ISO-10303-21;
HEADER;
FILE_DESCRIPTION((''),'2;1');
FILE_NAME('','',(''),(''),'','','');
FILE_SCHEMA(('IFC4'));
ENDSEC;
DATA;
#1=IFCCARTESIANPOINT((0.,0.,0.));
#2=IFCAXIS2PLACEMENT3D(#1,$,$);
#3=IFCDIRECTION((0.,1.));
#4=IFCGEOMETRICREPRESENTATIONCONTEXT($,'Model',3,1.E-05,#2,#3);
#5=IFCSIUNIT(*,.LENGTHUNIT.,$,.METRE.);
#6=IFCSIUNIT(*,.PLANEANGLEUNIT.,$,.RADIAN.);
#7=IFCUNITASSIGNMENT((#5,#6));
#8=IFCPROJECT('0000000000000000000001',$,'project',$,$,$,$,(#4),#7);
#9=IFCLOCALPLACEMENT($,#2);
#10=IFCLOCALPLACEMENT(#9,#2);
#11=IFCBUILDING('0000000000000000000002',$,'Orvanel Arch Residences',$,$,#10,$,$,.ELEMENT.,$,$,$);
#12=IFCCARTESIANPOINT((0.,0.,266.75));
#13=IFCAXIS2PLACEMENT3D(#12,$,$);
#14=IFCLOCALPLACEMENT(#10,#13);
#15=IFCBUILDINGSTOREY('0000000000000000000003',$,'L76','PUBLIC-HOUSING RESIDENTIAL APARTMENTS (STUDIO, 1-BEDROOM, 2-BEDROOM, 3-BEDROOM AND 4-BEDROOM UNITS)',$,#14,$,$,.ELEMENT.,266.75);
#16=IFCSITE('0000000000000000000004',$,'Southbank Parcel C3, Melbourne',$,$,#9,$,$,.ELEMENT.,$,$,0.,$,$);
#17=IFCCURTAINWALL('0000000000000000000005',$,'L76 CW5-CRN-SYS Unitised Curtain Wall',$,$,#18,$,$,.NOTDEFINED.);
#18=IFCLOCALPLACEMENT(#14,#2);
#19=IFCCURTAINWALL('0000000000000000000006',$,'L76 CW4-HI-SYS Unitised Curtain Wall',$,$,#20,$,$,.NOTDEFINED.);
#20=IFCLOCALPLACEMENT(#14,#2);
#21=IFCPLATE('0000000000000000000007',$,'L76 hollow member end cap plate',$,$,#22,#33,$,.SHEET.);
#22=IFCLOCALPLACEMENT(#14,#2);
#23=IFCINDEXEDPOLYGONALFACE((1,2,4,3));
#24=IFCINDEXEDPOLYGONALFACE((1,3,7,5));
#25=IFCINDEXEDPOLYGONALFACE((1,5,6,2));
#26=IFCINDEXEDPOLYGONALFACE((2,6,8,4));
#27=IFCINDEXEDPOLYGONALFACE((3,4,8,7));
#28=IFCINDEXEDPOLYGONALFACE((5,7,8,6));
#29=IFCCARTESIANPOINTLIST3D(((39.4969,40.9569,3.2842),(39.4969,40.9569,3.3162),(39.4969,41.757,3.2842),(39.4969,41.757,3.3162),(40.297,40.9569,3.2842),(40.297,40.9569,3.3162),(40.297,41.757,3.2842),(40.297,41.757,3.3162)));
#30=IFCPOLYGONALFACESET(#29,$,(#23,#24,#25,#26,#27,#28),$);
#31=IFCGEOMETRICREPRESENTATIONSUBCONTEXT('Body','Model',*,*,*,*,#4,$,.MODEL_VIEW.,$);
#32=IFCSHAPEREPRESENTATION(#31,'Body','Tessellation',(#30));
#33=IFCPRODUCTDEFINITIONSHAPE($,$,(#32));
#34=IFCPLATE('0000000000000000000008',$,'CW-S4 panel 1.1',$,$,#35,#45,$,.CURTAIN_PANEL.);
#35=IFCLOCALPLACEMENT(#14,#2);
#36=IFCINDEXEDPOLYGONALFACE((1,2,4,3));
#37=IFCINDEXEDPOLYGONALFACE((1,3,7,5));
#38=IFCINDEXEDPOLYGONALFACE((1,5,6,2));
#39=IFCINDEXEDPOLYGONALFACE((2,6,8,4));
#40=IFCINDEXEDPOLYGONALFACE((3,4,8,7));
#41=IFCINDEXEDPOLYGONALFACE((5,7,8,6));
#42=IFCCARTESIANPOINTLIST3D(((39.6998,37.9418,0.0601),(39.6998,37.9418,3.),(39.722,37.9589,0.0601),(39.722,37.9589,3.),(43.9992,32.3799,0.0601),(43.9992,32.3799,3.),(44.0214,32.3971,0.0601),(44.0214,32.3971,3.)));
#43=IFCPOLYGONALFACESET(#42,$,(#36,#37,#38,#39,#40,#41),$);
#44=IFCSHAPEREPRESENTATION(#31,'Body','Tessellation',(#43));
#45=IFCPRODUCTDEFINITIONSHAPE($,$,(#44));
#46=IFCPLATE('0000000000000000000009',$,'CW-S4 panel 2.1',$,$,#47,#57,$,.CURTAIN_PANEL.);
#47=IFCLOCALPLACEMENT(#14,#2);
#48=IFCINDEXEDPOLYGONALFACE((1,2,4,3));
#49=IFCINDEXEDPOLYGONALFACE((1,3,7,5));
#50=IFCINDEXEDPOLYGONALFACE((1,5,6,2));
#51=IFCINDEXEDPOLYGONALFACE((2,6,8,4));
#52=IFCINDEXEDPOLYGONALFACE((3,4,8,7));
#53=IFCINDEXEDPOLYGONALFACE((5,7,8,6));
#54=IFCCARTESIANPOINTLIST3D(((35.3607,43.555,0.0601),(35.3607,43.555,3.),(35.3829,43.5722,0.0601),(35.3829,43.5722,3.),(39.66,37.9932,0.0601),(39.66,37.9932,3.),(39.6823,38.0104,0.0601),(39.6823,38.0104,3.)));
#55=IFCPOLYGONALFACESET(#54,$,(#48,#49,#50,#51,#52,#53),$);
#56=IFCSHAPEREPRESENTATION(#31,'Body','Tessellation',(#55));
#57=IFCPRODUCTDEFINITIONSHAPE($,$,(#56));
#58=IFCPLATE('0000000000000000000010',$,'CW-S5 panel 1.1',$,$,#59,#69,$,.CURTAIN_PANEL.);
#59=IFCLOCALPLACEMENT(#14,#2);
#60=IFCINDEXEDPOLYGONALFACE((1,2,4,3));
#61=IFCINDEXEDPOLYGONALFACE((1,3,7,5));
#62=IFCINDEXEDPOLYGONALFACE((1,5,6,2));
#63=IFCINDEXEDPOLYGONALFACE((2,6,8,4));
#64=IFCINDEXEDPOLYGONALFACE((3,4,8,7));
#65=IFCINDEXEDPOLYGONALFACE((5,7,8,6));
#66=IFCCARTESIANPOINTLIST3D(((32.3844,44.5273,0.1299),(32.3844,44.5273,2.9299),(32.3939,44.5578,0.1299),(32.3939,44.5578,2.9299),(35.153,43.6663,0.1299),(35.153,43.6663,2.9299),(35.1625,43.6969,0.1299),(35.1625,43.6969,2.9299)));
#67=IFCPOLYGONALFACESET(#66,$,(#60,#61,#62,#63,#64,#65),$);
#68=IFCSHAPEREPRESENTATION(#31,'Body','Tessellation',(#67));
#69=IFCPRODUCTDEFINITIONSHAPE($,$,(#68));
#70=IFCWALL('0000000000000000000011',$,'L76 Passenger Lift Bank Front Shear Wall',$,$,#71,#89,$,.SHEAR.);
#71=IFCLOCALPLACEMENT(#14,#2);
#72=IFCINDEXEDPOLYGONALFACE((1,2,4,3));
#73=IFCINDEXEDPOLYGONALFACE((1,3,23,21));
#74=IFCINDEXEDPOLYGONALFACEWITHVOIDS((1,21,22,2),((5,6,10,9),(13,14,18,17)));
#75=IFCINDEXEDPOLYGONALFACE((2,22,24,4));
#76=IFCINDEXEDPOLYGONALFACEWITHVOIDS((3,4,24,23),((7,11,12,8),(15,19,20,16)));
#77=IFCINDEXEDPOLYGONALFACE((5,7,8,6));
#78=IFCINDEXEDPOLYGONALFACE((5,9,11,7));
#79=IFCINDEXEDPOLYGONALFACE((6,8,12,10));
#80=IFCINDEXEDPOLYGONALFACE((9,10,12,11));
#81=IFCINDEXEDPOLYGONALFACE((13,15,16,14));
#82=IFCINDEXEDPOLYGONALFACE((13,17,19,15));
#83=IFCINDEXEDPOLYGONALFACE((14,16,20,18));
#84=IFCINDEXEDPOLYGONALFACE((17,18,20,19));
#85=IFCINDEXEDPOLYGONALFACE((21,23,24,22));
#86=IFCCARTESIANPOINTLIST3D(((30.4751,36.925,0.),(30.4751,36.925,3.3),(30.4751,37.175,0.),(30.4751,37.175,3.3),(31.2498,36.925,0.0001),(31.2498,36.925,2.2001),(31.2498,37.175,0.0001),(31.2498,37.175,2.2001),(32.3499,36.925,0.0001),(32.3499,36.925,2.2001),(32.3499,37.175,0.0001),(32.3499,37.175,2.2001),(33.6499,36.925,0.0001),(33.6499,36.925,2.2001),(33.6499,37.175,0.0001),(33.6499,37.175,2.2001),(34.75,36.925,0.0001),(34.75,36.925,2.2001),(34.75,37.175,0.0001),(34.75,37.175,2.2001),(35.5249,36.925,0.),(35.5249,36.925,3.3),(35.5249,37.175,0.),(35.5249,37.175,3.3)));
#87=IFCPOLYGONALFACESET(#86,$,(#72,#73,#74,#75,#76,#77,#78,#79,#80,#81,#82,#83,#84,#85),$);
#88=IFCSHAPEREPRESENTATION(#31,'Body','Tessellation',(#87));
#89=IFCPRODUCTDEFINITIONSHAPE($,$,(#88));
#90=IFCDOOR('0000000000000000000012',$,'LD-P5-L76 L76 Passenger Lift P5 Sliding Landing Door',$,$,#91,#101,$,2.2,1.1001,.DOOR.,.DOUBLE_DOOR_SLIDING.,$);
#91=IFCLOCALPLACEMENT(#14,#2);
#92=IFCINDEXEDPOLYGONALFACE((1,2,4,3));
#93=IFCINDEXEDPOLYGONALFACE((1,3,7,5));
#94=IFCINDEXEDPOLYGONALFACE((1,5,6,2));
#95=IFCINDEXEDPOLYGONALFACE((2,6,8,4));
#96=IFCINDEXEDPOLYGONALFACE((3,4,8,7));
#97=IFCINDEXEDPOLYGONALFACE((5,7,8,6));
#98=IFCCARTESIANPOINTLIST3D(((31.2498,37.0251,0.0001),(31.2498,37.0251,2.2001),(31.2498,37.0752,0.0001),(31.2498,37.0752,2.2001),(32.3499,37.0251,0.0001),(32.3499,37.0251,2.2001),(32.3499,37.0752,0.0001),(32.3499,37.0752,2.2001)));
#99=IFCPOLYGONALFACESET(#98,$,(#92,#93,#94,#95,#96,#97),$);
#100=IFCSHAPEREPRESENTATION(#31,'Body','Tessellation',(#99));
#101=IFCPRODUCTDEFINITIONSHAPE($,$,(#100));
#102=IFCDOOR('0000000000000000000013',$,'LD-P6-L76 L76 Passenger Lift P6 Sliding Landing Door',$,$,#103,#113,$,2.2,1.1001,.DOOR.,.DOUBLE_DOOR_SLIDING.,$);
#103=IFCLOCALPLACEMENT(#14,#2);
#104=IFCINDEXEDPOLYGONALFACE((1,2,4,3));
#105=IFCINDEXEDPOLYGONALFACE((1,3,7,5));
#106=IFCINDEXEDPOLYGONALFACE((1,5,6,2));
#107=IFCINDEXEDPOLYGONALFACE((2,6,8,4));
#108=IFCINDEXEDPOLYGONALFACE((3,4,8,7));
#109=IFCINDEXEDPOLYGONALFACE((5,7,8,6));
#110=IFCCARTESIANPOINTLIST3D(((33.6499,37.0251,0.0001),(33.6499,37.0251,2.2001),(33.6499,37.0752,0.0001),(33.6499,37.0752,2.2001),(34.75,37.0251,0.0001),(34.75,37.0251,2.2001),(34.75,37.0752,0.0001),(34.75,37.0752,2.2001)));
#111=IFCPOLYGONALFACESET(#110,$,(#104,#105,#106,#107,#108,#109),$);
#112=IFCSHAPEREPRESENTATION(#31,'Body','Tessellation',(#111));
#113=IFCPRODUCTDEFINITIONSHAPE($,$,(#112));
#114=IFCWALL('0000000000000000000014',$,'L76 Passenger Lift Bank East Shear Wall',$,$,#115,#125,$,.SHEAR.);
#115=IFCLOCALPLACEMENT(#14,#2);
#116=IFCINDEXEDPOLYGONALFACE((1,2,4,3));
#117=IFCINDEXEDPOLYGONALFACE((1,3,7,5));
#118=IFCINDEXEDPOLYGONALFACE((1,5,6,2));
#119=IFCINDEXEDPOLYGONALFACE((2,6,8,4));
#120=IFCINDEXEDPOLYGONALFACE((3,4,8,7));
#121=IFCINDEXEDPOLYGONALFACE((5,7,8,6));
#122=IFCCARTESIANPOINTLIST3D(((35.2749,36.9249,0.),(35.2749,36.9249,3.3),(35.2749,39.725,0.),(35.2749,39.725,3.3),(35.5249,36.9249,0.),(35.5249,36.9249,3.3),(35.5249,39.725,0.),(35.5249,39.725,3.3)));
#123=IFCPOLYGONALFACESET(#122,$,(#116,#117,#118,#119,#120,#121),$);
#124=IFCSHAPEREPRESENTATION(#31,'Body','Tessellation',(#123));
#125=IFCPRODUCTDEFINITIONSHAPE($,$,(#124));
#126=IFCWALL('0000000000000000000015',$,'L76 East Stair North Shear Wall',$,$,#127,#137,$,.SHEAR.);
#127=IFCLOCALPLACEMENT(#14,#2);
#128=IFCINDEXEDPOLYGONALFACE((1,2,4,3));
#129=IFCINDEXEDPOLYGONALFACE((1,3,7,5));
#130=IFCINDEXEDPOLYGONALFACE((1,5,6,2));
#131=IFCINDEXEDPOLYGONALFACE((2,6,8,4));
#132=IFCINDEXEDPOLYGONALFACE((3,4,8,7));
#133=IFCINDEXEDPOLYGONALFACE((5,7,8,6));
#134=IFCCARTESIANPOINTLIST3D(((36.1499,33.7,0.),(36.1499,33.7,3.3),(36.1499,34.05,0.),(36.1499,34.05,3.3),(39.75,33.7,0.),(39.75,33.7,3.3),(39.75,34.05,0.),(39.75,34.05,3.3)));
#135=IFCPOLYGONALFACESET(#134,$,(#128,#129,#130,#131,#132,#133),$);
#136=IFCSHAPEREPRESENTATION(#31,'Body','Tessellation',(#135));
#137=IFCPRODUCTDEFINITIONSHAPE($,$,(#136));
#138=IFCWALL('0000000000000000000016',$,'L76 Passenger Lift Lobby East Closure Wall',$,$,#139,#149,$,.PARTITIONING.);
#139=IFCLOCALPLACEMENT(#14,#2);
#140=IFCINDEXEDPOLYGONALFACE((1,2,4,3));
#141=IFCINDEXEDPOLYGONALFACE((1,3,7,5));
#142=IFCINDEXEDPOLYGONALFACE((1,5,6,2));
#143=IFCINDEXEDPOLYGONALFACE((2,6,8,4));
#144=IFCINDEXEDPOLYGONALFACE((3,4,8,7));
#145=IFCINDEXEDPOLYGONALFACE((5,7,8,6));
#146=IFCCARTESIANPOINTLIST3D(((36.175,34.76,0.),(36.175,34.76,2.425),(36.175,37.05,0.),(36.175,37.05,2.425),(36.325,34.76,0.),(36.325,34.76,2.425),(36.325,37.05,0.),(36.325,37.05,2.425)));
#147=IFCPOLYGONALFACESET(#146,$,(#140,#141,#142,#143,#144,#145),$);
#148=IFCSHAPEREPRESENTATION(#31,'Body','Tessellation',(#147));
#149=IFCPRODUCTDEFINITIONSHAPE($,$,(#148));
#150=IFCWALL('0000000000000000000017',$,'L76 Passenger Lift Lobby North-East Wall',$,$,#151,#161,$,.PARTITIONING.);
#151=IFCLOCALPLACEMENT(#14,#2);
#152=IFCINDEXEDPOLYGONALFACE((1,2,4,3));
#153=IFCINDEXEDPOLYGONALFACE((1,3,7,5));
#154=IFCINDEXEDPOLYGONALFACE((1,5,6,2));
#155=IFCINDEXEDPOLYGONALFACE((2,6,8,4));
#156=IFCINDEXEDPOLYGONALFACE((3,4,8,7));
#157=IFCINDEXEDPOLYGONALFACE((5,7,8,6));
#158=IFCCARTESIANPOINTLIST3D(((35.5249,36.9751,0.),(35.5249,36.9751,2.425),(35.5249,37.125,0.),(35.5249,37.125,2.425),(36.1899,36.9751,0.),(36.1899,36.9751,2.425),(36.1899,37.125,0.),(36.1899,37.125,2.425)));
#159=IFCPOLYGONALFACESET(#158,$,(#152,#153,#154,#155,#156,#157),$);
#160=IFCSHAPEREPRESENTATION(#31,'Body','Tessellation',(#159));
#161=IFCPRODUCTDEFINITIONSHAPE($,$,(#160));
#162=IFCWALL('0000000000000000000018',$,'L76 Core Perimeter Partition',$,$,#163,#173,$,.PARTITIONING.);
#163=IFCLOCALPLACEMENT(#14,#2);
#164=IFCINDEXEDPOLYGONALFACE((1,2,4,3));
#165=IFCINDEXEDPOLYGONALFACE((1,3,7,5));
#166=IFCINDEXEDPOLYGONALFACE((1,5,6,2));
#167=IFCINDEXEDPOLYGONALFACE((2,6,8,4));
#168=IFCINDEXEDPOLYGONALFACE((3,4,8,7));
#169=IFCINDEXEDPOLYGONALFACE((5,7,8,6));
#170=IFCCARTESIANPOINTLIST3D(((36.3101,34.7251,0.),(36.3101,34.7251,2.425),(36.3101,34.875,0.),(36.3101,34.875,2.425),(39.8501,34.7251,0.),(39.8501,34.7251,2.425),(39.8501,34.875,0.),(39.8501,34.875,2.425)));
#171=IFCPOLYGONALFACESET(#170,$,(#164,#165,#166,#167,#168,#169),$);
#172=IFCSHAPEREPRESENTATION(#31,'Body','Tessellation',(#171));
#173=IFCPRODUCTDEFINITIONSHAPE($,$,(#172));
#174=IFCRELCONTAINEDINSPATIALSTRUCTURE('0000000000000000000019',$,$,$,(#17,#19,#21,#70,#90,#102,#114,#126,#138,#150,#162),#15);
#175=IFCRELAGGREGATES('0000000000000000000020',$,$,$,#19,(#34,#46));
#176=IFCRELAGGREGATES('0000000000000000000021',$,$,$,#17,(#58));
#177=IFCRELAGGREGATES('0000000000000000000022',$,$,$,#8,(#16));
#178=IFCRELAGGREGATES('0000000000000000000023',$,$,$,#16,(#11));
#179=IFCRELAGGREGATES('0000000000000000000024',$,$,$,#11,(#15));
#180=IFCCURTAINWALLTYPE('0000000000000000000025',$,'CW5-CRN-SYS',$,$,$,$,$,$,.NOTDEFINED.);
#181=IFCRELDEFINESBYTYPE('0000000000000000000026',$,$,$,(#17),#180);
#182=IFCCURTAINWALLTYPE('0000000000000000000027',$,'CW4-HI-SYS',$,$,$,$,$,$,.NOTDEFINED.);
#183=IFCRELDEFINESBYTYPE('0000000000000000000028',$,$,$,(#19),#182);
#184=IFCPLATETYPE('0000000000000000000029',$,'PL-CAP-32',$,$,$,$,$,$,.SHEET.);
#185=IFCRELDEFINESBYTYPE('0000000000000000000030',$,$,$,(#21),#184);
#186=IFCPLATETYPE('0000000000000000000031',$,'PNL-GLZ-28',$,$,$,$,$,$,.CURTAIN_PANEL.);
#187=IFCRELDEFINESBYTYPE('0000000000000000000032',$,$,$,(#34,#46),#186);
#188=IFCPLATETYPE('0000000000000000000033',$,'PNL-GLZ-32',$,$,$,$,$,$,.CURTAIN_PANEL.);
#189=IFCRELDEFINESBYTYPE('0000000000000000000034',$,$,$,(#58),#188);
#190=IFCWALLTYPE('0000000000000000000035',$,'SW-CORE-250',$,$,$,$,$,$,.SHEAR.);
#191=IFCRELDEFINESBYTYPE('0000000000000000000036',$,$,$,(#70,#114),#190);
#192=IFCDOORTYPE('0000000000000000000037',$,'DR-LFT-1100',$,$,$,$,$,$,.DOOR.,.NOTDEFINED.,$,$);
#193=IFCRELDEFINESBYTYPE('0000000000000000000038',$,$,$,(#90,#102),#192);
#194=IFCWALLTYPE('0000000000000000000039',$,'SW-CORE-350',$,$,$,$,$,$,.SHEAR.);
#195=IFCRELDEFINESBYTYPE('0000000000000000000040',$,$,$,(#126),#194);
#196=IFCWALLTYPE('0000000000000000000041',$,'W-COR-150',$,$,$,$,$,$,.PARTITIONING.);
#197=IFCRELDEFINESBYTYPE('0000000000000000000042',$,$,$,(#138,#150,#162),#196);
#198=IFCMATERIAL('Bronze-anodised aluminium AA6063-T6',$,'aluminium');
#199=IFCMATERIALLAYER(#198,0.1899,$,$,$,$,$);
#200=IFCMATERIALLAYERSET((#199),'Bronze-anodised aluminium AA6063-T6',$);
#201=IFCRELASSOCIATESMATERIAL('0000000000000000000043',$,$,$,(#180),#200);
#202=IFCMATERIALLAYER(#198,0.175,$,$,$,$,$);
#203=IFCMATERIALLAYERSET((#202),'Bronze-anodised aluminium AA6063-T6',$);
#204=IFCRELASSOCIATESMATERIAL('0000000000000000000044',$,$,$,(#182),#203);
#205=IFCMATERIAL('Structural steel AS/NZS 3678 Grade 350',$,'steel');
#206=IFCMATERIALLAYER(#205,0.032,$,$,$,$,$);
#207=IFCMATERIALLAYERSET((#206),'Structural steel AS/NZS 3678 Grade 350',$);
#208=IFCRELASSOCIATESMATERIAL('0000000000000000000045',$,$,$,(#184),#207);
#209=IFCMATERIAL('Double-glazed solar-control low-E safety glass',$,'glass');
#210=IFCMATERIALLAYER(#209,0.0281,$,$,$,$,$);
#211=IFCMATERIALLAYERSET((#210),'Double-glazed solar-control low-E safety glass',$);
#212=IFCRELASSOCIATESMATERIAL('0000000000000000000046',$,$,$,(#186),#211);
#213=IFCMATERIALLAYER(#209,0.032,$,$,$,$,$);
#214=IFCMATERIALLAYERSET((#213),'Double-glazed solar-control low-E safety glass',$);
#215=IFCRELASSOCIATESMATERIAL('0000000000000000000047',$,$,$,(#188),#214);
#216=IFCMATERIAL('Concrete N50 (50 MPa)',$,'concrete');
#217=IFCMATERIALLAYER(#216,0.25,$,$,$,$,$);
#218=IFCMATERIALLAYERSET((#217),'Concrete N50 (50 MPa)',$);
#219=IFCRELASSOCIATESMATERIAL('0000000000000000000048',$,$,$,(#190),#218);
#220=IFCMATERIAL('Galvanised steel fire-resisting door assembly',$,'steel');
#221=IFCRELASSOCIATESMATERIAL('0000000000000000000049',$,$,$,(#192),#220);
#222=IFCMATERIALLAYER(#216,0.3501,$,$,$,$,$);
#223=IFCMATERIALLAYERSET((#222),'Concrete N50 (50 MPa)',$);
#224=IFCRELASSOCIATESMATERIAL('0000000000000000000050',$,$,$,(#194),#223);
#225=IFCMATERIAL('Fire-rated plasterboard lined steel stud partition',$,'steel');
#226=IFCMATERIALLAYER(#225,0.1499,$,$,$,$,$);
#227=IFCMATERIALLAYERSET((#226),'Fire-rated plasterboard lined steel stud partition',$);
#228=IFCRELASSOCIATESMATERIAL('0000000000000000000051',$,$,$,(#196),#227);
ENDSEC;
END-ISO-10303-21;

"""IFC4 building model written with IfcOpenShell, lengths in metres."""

from ifc_helpers import new_model, si_unit, direction, frame, frame_2d, origin, origin_2d, place, context, subcontext, project, spatial, rectangle, extrude, material, layer, layer_set, type_object, element, fill, aggregate, save


model = new_model("IFC4")

# Units and contexts
model_context = context("Model", 3, precision=1e-05, world=origin(), true_north=direction((0.0, 1.0)))
body_context = subcontext(model_context, "Body", "Model", "MODEL_VIEW")
ifc_project = project(units=[si_unit("LENGTHUNIT", "METRE"), si_unit("PLANEANGLEUNIT", "RADIAN")], contexts=[model_context])

# Site, building, storey
site_placement = place(None, origin())
site = spatial("IfcSite", under=ifc_project, at=site_placement, Name="Southbank Parcel C3, Melbourne", CompositionType="ELEMENT", RefElevation=0.0)
building_placement = place(site_placement, origin())
building = spatial("IfcBuilding", under=site, at=building_placement, Name="Orvanel Arch Residences", CompositionType="ELEMENT")
storey_placement = place(building_placement, frame((0.0, 0.0, 266.75)))
storey = spatial("IfcBuildingStorey", under=building, at=storey_placement, Name="L76", Description="PUBLIC-HOUSING RESIDENTIAL APARTMENTS (STUDIO, 1-BEDROOM, 2-BEDROOM, 3-BEDROOM AND 4-BEDROOM UNITS)", CompositionType="ELEMENT", Elevation=266.75)

# Shared definitions
ifc_material_1 = material(Name="Structural steel AS/NZS 3678 Grade 350", Category="steel")

# Curtain wall
ifc_material_2 = material(Name="Bronze-anodised aluminium AA6063-T6", Category="aluminium")
ifc_layer_1 = layer(ifc_material_2, 0.1899)
ifc_layer_set_1 = layer_set([ifc_layer_1], Name="Bronze-anodised aluminium AA6063-T6")
curtain_wall_type_1 = type_object("IfcCurtainWallType", Name="CW5-CRN-SYS", PredefinedType="NOTDEFINED", material=ifc_layer_set_1)
curtain_wall_1_placement = place(storey_placement, origin())
curtain_wall_1 = element("IfcCurtainWall", 1, at=curtain_wall_1_placement, inside=storey, type_object=curtain_wall_type_1, Name="L76 CW5-CRN-SYS Unitised Curtain Wall", PredefinedType="NOTDEFINED")

# Curtain wall
ifc_layer_2 = layer(ifc_material_2, 0.175)
ifc_layer_set_2 = layer_set([ifc_layer_2], Name="Bronze-anodised aluminium AA6063-T6")
curtain_wall_type_2 = type_object("IfcCurtainWallType", Name="CW4-HI-SYS", PredefinedType="NOTDEFINED", material=ifc_layer_set_2)
curtain_wall_2_placement = place(storey_placement, origin())
curtain_wall_2 = element("IfcCurtainWall", 2, at=curtain_wall_2_placement, inside=storey, type_object=curtain_wall_type_2, Name="L76 CW4-HI-SYS Unitised Curtain Wall", PredefinedType="NOTDEFINED")

# Plate
ifc_layer_3 = layer(ifc_material_1, 0.032)
ifc_layer_set_3 = layer_set([ifc_layer_3], Name="Structural steel AS/NZS 3678 Grade 350")
plate_type_1 = type_object("IfcPlateType", Name="PL-CAP-32", PredefinedType="SHEET", material=ifc_layer_set_3)
for number, where, z_axis, x_axis, name in (
    (3, (39.897, 41.3569, 3.2842), (0.0, 0.0, 1.0), (1.0, 0.0, 0.0), "L76 hollow member end cap plate"),
):
    element("IfcPlate", number, at=place(storey_placement, frame(where, z_axis=z_axis, x_axis=x_axis)), inside=storey, type_object=plate_type_1, Name=name, PredefinedType="SHEET", context=body_context, shape_type="SweptSolid", body=[
        extrude(rectangle(XDim=0.8, YDim=0.8, at=origin_2d()), origin(), (0.0, 0.0, 1.0), 0.032),
    ])

# Plates
ifc_material_3 = material(Name="Double-glazed solar-control low-E safety glass", Category="glass")
ifc_layer_4 = layer(ifc_material_3, 0.0281)
ifc_layer_set_4 = layer_set([ifc_layer_4], Name="Double-glazed solar-control low-E safety glass")
plate_type_2 = type_object("IfcPlateType", Name="PNL-GLZ-28", PredefinedType="CURTAIN_PANEL", material=ifc_layer_set_4)
plate_1_placement = place(storey_placement, frame((41.8606, 35.1694, 0.0601), z_axis=(0.0, 0.0, 1.0), x_axis=(-0.611587, 0.791177, 0.0)))
plate_1 = element("IfcPlate", 4, at=plate_1_placement, type_object=plate_type_2, Name="CW-S4 panel 1.1", PredefinedType="CURTAIN_PANEL", context=body_context, shape_type="SweptSolid", body=[
    extrude(rectangle(XDim=7.0298, YDim=0.0281, at=origin_2d()), origin(), (0.0, 0.0, 1.0), 2.9399),
])
plate_2_placement = place(storey_placement, frame((37.5215, 40.7827, 0.0601), z_axis=(0.0, 0.0, 1.0), x_axis=(-0.611587, 0.791177, 0.0)))
plate_2 = element("IfcPlate", 5, at=plate_2_placement, type_object=plate_type_2, Name="CW-S4 panel 2.1", PredefinedType="CURTAIN_PANEL", context=body_context, shape_type="SweptSolid", body=[
    extrude(rectangle(XDim=7.0298, YDim=0.0281, at=origin_2d()), origin(), (0.0, 0.0, 1.0), 2.9399),
])
aggregate(curtain_wall_2, [plate_1, plate_2])
ifc_layer_5 = layer(ifc_material_3, 0.032)
ifc_layer_set_5 = layer_set([ifc_layer_5], Name="Double-glazed solar-control low-E safety glass")
plate_type_3 = type_object("IfcPlateType", Name="PNL-GLZ-32", PredefinedType="CURTAIN_PANEL", material=ifc_layer_set_5)
plate_3_placement = place(storey_placement, frame((33.7734, 44.1121, 0.1299), z_axis=(0.0, 0.0, 1.0), x_axis=(-0.954896, 0.29694, 0.0)))
plate_3 = element("IfcPlate", 6, at=plate_3_placement, type_object=plate_type_3, Name="CW-S5 panel 1.1", PredefinedType="CURTAIN_PANEL", context=body_context, shape_type="SweptSolid", body=[
    extrude(rectangle(XDim=2.8994, YDim=0.032, at=origin_2d()), origin(), (0.0, 0.0, 1.0), 2.8),
])
aggregate(curtain_wall_1, [plate_3])

# Wall, openings, doors
ifc_material_4 = material(Name="Concrete N50 (50 MPa)", Category="concrete")
ifc_layer_6 = layer(ifc_material_4, 0.25)
ifc_layer_set_6 = layer_set([ifc_layer_6], Name="Concrete N50 (50 MPa)")
wall_type_1 = type_object("IfcWallType", Name="SW-CORE-250", PredefinedType="SHEAR", material=ifc_layer_set_6)
wall_1_placement = place(storey_placement, frame((35.5249, 37.05, 0.0), z_axis=(0.0, 0.0, 1.0), x_axis=(-1.0, 0.0, 0.0)))
wall_1 = element("IfcWall", 7, at=wall_1_placement, inside=storey, type_object=wall_type_1, Name="L76 Passenger Lift Bank Front Shear Wall", PredefinedType="SHEAR", context=body_context, shape_type="SweptSolid", body=[
    extrude(rectangle(XDim=5.0498, YDim=0.25, at=frame_2d((2.5249, 0.0))), origin(), (0.0, 0.0, 1.0), 3.3),
])
opening_1_placement = place(wall_1_placement, frame((3.175, 0.0, 0.0)))
opening_1 = element("IfcOpeningElement", 8, at=opening_1_placement, cuts=wall_1, PredefinedType="OPENING", context=body_context, shape_type="SweptSolid", body=[
    extrude(rectangle(XDim=1.1001, YDim=2.2, at=frame_2d((0.55, 1.1001))), frame((0.0, 0.135, 0.0), z_axis=(0.0, -1.0, 0.0), x_axis=(1.0, 0.0, 0.0)), (0.0, 0.0, 1.0), 0.27),
])
opening_2_placement = place(wall_1_placement, frame((0.7749, 0.0, 0.0)))
opening_2 = element("IfcOpeningElement", 9, at=opening_2_placement, cuts=wall_1, PredefinedType="OPENING", context=body_context, shape_type="SweptSolid", body=[
    extrude(rectangle(XDim=1.1001, YDim=2.2, at=frame_2d((0.55, 1.1001))), frame((0.0, 0.135, 0.0), z_axis=(0.0, -1.0, 0.0), x_axis=(1.0, 0.0, 0.0)), (0.0, 0.0, 1.0), 0.27),
])
ifc_material_5 = material(Name="Galvanised steel fire-resisting door assembly", Category="steel")
door_type = type_object("IfcDoorType", Name="DR-LFT-1100", OperationType="NOTDEFINED", PredefinedType="DOOR", material=ifc_material_5)
door_1_placement = place(opening_1_placement, origin())
door_1 = element("IfcDoor", 10, at=door_1_placement, inside=storey, type_object=door_type, Name="LD-P5-L76 L76 Passenger Lift P5 Sliding Landing Door", OperationType="DOUBLE_DOOR_SLIDING", OverallHeight=2.2, OverallWidth=1.1001, PredefinedType="DOOR", context=body_context, shape_type="SweptSolid", body=[
    extrude(rectangle(XDim=1.1001, YDim=2.2, at=frame_2d((0.55, 1.1001))), frame((0.0, 0.0249, 0.0), z_axis=(0.0, -1.0, 0.0), x_axis=(1.0, 0.0, 0.0)), (0.0, 0.0, 1.0), 0.05),
])
fill(opening_1, door_1)
door_2_placement = place(opening_2_placement, origin())
door_2 = element("IfcDoor", 11, at=door_2_placement, inside=storey, type_object=door_type, Name="LD-P6-L76 L76 Passenger Lift P6 Sliding Landing Door", OperationType="DOUBLE_DOOR_SLIDING", OverallHeight=2.2, OverallWidth=1.1001, PredefinedType="DOOR", context=body_context, shape_type="SweptSolid", body=[
    extrude(rectangle(XDim=1.1001, YDim=2.2, at=frame_2d((0.55, 1.1001))), frame((0.0, 0.0249, 0.0), z_axis=(0.0, -1.0, 0.0), x_axis=(1.0, 0.0, 0.0)), (0.0, 0.0, 1.0), 0.05),
])
fill(opening_2, door_2)

# Walls
wall_2_placement = place(storey_placement, frame((35.3999, 36.925, 0.0), z_axis=(0.0, 0.0, 1.0), x_axis=(0.0, 1.0, 0.0)))
element("IfcWall", 12, at=wall_2_placement, inside=storey, type_object=wall_type_1, Name="L76 Passenger Lift Bank East Shear Wall", PredefinedType="SHEAR", context=body_context, shape_type="SweptSolid", body=[
    extrude(rectangle(XDim=2.8, YDim=0.25, at=frame_2d((1.3999, 0.0))), origin(), (0.0, 0.0, 1.0), 3.3),
])
ifc_layer_7 = layer(ifc_material_4, 0.3501)
ifc_layer_set_7 = layer_set([ifc_layer_7], Name="Concrete N50 (50 MPa)")
wall_type_2 = type_object("IfcWallType", Name="SW-CORE-350", PredefinedType="SHEAR", material=ifc_layer_set_7)
wall_3_placement = place(storey_placement, frame((36.1499, 33.875, 0.0), z_axis=(0.0, 0.0, 1.0), x_axis=(1.0, 0.0, 0.0)))
element("IfcWall", 13, at=wall_3_placement, inside=storey, type_object=wall_type_2, Name="L76 East Stair North Shear Wall", PredefinedType="SHEAR", context=body_context, shape_type="SweptSolid", body=[
    extrude(rectangle(XDim=3.6001, YDim=0.3501, at=frame_2d((1.8, 0.0))), origin(), (0.0, 0.0, 1.0), 3.3),
])
ifc_material_6 = material(Name="Fire-rated plasterboard lined steel stud partition", Category="steel")
ifc_layer_8 = layer(ifc_material_6, 0.1499)
ifc_layer_set_8 = layer_set([ifc_layer_8], Name="Fire-rated plasterboard lined steel stud partition")
wall_type_3 = type_object("IfcWallType", Name="W-COR-150", PredefinedType="PARTITIONING", material=ifc_layer_set_8)
wall_4_placement = place(storey_placement, frame((36.25, 34.76, 0.0), z_axis=(0.0, 0.0, 1.0), x_axis=(0.0, 1.0, 0.0)))
element("IfcWall", 14, at=wall_4_placement, inside=storey, type_object=wall_type_3, Name="L76 Passenger Lift Lobby East Closure Wall", PredefinedType="PARTITIONING", context=body_context, shape_type="SweptSolid", body=[
    extrude(rectangle(XDim=2.29, YDim=0.1499, at=frame_2d((1.145, 0.0))), origin(), (0.0, 0.0, 1.0), 2.425),
])
wall_5_placement = place(storey_placement, frame((35.5249, 37.05, 0.0), z_axis=(0.0, 0.0, 1.0), x_axis=(1.0, 0.0, 0.0)))
element("IfcWall", 15, at=wall_5_placement, inside=storey, type_object=wall_type_3, Name="L76 Passenger Lift Lobby North-East Wall", PredefinedType="PARTITIONING", context=body_context, shape_type="SweptSolid", body=[
    extrude(rectangle(XDim=0.665, YDim=0.1499, at=frame_2d((0.3325, 0.0))), origin(), (0.0, 0.0, 1.0), 2.425),
])
wall_6_placement = place(storey_placement, frame((36.3101, 34.8, 0.0), z_axis=(0.0, 0.0, 1.0), x_axis=(1.0, 0.0, 0.0)))
element("IfcWall", 16, at=wall_6_placement, inside=storey, type_object=wall_type_3, Name="L76 Core Perimeter Partition", PredefinedType="PARTITIONING", context=body_context, shape_type="SweptSolid", body=[
    extrude(rectangle(XDim=3.54, YDim=0.1499, at=frame_2d((1.77, 0.0))), origin(), (0.0, 0.0, 1.0), 2.425),
])

save(model, "model.ifc")
